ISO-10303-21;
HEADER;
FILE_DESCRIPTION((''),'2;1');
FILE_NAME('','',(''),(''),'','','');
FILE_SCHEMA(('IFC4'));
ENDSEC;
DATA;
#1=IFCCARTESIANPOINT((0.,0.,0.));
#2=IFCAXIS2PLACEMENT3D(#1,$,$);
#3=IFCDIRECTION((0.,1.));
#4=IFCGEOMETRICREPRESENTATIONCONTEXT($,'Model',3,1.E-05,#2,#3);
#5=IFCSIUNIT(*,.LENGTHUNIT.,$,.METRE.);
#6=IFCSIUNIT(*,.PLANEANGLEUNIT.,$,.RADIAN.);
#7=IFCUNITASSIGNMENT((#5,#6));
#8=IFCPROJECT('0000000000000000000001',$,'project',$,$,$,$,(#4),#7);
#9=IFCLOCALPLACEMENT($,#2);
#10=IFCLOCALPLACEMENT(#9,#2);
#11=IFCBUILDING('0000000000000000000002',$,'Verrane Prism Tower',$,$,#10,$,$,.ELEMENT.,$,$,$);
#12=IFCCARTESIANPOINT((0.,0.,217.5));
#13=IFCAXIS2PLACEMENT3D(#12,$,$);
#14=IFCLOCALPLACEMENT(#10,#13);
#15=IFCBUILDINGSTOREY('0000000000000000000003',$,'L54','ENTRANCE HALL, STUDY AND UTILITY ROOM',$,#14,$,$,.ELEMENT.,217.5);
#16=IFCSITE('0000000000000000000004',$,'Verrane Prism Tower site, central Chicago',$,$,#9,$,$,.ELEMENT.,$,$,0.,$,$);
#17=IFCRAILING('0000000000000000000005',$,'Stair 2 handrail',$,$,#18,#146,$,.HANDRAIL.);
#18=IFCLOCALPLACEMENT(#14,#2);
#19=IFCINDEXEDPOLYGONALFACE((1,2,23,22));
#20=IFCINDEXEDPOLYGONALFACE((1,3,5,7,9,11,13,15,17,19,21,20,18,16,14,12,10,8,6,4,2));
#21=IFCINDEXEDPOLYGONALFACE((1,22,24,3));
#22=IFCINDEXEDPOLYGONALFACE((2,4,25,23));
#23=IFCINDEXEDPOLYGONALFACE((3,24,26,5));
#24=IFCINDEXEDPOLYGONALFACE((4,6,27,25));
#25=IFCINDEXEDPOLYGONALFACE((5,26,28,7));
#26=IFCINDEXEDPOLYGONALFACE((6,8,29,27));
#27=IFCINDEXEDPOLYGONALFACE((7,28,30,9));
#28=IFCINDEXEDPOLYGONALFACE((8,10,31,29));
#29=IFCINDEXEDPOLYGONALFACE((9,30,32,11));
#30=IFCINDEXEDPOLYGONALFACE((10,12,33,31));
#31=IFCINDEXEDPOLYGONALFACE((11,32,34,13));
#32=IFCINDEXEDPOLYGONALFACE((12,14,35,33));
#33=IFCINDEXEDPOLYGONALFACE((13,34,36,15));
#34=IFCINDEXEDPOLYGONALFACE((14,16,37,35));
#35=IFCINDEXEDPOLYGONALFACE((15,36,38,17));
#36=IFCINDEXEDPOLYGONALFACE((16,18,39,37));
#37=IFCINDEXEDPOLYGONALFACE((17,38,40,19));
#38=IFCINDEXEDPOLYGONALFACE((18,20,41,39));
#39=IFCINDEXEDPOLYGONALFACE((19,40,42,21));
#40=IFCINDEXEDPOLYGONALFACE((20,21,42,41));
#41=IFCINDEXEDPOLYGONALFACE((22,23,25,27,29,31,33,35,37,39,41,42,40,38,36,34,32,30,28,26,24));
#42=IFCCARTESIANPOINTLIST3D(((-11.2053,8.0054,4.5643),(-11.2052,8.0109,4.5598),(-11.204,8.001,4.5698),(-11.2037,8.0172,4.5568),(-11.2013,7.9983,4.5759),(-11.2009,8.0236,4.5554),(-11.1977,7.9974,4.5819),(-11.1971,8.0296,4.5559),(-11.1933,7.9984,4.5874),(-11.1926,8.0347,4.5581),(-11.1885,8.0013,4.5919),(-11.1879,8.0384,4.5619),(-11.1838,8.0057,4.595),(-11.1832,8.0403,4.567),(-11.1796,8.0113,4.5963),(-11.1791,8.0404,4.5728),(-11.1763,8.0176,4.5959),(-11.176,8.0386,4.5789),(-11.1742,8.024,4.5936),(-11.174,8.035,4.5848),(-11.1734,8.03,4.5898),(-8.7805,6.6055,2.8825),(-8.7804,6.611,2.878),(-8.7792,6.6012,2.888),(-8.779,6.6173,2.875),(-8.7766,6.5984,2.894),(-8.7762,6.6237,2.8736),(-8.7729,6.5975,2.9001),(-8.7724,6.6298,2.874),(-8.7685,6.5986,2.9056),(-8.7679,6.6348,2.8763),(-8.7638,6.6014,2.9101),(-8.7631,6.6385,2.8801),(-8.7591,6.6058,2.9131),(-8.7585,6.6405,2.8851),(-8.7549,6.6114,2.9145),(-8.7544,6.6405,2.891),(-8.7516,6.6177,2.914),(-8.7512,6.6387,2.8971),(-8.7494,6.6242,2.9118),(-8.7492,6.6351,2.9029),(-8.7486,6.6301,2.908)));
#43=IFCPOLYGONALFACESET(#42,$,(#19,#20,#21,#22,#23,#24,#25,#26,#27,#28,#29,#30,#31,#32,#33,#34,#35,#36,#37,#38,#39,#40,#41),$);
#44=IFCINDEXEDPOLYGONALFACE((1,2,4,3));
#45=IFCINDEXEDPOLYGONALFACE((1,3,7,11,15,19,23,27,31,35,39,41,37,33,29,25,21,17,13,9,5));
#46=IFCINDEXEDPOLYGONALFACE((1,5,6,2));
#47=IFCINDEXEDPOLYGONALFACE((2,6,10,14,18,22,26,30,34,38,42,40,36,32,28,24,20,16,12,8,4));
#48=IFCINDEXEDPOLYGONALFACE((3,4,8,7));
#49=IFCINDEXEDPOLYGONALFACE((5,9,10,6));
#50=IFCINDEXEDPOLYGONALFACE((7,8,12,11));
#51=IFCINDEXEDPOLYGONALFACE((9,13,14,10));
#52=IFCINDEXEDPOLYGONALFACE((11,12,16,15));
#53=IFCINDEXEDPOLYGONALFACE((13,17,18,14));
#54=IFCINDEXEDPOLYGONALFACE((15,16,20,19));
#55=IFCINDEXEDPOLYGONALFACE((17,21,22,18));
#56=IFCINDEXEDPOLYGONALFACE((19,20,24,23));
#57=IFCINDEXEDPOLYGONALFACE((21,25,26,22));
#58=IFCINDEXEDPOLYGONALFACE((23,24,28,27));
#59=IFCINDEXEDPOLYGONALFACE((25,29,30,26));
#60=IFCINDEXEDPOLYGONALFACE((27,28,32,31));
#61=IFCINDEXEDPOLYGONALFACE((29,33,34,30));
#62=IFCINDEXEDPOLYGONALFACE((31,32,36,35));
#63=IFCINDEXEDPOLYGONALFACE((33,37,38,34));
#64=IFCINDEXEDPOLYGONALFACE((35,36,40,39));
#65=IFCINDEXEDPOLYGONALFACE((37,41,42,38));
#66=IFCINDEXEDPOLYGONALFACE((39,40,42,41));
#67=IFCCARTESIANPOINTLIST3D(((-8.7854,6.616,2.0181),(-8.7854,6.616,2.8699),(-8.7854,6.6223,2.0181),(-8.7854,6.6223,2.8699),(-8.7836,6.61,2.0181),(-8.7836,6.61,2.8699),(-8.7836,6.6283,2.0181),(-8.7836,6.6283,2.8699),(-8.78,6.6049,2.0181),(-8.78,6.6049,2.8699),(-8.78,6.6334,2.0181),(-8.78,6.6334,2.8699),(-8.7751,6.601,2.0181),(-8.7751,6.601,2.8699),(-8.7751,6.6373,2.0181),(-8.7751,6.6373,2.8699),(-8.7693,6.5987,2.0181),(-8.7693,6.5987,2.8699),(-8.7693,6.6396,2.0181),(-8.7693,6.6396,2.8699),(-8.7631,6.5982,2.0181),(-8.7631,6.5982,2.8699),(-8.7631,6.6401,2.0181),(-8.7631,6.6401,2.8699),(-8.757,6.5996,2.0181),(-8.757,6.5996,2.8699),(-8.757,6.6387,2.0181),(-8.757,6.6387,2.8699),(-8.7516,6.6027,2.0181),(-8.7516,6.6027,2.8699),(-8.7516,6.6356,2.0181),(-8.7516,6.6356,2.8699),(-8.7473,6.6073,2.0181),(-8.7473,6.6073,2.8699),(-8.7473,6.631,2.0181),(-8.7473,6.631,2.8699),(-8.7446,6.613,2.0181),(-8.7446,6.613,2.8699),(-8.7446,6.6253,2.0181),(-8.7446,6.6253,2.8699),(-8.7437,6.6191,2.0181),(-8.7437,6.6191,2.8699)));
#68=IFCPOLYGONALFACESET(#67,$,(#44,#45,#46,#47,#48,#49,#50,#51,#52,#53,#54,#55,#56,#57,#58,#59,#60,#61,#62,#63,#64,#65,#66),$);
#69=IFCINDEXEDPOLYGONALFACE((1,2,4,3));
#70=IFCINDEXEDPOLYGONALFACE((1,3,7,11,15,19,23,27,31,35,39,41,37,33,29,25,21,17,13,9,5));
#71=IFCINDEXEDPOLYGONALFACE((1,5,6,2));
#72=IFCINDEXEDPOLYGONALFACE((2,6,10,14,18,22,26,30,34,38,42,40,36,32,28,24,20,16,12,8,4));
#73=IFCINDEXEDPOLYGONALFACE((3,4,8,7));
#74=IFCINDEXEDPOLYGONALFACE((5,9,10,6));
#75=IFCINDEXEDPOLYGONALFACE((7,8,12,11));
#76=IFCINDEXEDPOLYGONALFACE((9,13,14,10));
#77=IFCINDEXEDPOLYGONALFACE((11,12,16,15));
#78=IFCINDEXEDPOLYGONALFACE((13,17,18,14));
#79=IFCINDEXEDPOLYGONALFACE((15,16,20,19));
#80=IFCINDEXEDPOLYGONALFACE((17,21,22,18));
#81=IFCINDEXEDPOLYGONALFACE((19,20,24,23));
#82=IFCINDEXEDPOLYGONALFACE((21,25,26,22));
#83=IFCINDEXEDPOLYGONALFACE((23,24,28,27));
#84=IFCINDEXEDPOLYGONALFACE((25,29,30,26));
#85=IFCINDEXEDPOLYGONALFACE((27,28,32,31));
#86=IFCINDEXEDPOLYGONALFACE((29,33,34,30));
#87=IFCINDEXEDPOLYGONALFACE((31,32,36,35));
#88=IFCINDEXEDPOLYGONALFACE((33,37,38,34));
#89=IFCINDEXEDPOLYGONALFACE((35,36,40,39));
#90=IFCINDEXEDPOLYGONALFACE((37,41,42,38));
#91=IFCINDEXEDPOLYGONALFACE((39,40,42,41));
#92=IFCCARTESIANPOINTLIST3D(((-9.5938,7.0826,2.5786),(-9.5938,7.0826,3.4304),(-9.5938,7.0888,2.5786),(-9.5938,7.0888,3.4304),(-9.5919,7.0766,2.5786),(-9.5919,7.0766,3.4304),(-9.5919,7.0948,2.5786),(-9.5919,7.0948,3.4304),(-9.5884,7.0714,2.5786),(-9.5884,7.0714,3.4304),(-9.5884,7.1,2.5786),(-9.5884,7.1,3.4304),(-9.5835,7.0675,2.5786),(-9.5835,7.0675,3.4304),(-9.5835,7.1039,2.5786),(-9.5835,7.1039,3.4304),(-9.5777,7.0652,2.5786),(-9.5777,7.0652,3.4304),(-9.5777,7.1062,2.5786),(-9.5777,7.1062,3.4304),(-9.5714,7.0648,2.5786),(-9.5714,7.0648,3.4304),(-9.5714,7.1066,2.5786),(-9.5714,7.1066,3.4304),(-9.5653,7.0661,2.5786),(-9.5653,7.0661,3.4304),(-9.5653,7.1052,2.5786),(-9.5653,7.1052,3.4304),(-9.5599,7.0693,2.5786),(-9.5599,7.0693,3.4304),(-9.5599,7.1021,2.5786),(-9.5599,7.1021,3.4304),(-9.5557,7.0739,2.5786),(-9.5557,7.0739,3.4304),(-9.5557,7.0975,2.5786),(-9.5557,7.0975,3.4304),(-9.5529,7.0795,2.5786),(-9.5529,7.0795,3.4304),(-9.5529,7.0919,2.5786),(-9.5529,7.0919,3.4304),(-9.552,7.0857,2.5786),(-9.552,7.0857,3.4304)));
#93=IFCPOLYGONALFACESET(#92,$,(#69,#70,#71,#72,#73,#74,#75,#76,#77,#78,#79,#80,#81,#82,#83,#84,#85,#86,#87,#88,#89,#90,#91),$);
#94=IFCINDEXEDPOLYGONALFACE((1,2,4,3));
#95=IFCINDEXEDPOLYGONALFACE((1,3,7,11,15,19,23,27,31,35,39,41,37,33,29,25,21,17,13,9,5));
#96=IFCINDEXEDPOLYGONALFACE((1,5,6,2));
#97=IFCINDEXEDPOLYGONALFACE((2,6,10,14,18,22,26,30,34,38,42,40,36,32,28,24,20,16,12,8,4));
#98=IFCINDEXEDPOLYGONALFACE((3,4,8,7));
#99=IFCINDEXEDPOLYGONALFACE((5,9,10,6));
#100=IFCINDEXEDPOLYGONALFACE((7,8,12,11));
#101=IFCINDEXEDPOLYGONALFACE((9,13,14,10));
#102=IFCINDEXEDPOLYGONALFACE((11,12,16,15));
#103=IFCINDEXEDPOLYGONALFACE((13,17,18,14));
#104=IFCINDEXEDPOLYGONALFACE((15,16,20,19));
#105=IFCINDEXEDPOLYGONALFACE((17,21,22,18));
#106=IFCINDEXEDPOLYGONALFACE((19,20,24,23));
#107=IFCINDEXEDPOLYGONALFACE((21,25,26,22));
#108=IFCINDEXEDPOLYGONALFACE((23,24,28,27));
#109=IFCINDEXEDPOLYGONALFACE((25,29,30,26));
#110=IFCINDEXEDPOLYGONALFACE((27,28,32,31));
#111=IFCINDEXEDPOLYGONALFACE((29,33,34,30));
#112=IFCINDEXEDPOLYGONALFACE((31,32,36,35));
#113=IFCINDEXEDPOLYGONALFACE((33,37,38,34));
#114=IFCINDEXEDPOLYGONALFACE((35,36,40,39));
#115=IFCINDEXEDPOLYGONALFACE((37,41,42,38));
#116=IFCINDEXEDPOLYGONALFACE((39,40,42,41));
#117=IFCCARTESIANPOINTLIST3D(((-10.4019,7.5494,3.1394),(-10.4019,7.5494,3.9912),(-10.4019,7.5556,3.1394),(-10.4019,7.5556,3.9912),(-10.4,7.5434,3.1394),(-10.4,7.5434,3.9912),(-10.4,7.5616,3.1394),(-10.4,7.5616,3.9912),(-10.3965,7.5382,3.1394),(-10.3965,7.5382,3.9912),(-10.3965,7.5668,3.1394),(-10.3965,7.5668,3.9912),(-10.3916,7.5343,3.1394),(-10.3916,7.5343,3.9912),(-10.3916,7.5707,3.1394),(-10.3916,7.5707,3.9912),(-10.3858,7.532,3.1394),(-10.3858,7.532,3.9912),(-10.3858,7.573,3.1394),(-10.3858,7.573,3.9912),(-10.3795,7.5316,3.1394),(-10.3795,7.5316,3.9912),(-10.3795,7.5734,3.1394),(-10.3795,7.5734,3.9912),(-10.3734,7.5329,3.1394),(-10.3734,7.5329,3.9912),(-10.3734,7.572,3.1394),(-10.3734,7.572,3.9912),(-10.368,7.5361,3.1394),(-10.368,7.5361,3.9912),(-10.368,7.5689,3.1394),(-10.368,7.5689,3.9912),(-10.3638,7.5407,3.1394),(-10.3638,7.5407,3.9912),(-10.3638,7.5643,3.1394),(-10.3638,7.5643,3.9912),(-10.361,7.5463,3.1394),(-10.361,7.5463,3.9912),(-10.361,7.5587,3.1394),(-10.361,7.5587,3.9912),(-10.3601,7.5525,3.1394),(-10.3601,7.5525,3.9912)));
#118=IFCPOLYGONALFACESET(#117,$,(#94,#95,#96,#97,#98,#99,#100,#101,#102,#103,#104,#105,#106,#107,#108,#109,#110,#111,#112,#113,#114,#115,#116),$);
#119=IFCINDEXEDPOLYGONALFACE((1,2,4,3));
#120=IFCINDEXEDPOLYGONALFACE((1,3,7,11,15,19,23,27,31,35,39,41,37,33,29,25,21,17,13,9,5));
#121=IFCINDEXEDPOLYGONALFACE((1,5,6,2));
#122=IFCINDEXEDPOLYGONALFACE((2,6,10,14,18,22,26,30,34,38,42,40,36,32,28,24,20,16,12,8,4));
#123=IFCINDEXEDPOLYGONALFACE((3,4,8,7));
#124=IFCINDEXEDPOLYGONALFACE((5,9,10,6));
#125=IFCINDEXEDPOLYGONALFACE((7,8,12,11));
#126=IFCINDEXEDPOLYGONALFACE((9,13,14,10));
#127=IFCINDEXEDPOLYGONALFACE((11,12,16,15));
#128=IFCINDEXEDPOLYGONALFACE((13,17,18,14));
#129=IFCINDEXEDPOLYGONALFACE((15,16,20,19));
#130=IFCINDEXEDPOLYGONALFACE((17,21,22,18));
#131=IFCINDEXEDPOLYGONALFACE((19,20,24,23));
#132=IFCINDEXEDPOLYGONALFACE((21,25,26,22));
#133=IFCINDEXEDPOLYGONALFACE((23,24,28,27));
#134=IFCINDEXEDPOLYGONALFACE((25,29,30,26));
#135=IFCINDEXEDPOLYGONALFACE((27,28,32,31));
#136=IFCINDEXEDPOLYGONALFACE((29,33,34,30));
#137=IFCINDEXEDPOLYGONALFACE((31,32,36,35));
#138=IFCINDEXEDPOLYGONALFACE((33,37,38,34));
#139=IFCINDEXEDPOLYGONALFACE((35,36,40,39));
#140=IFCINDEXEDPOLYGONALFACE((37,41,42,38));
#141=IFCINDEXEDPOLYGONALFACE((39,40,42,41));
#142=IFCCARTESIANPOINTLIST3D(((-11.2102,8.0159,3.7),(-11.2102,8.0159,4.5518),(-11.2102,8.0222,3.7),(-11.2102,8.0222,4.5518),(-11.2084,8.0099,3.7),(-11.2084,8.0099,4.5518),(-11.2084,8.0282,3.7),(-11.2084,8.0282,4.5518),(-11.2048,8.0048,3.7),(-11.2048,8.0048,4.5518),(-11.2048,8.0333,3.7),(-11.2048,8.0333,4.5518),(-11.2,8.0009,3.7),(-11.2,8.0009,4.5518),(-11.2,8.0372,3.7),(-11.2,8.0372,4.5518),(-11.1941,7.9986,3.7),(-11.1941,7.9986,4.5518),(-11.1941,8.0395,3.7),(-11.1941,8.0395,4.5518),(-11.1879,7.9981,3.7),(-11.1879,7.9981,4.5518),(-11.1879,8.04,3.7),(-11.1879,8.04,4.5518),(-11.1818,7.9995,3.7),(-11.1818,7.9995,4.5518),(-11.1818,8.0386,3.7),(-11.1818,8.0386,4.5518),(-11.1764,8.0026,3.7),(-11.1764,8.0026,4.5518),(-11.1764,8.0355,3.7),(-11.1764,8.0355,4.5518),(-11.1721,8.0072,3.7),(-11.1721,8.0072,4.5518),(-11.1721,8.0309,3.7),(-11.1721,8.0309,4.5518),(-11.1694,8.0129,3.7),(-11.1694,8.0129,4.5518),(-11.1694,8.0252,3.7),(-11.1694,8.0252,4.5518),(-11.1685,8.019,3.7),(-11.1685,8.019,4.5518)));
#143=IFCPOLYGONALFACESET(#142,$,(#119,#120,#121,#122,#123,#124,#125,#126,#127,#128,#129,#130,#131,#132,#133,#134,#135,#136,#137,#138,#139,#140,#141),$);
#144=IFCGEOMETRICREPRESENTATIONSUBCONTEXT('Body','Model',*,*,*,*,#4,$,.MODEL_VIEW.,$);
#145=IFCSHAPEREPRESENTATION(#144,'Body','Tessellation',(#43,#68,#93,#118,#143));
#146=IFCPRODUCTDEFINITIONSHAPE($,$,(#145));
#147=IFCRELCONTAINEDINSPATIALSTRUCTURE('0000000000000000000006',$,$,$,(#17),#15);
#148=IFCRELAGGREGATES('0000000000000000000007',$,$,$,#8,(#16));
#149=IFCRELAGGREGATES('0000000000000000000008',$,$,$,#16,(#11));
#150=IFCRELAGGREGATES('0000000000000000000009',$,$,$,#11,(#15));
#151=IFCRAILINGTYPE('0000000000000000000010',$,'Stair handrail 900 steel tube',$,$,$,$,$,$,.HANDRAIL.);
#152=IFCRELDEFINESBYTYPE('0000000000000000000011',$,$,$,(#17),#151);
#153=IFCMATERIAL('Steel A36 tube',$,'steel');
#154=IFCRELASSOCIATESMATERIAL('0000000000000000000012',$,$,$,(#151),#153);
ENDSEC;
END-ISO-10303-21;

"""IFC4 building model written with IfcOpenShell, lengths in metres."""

from ifc_helpers import new_model, si_unit, direction, frame, origin, origin_2d, place, context, subcontext, project, spatial, circle, extrude, material, type_object, element, save


model = new_model("IFC4")

# Units and contexts
model_context = context("Model", 3, precision=1e-05, world=origin(), true_north=direction((0.0, 1.0)))
body_context = subcontext(model_context, "Body", "Model", "MODEL_VIEW")
ifc_project = project(units=[si_unit("LENGTHUNIT", "METRE"), si_unit("PLANEANGLEUNIT", "RADIAN")], contexts=[model_context])

# Site, building, storey
site_placement = place(None, origin())
site = spatial("IfcSite", under=ifc_project, at=site_placement, Name="Verrane Prism Tower site, central Chicago", CompositionType="ELEMENT", RefElevation=0.0)
building_placement = place(site_placement, origin())
building = spatial("IfcBuilding", under=site, at=building_placement, Name="Verrane Prism Tower", CompositionType="ELEMENT")
storey_placement = place(building_placement, frame((0.0, 0.0, 217.5)))
storey = spatial("IfcBuildingStorey", under=building, at=storey_placement, Name="L54", Description="ENTRANCE HALL, STUDY AND UTILITY ROOM", CompositionType="ELEMENT", Elevation=217.5)

# Railing
ifc_material_1 = material(Name="Steel A36 tube", Category="steel")
railing_type_1 = type_object("IfcRailingType", Name="Stair handrail 900 steel tube", PredefinedType="HANDRAIL", material=ifc_material_1)
railing_1_placement = place(storey_placement, frame((-8.7646, 6.6191, 2.0181)))
element("IfcRailing", 1, at=railing_1_placement, inside=storey, type_object=railing_type_1, Name="Stair 2 handrail", PredefinedType="HANDRAIL", context=body_context, shape_type="SweptSolid", body=[
    extrude(circle(Radius=0.0239, at=origin_2d()), frame((0.0, 0.0, 0.876), z_axis=(-0.74239, 0.428601, 0.514934), x_axis=(-0.499984, -0.866035, 0.0)), (0.0, 0.0, 1.0), 3.2661),
    extrude(circle(Radius=0.021, at=origin_2d()), origin(), (0.0, 0.0, 1.0), 0.8518),
    extrude(circle(Radius=0.021, at=origin_2d()), frame((-0.8083, 0.4666, 0.5605)), (0.0, 0.0, 1.0), 0.8518),
    extrude(circle(Radius=0.021, at=origin_2d()), frame((-1.6165, 0.9333, 1.1213)), (0.0, 0.0, 1.0), 0.8518),
    extrude(circle(Radius=0.021, at=origin_2d()), frame((-2.4248, 1.3999, 1.6819)), (0.0, 0.0, 1.0), 0.8518),
])

save(model, "model.ifc")
